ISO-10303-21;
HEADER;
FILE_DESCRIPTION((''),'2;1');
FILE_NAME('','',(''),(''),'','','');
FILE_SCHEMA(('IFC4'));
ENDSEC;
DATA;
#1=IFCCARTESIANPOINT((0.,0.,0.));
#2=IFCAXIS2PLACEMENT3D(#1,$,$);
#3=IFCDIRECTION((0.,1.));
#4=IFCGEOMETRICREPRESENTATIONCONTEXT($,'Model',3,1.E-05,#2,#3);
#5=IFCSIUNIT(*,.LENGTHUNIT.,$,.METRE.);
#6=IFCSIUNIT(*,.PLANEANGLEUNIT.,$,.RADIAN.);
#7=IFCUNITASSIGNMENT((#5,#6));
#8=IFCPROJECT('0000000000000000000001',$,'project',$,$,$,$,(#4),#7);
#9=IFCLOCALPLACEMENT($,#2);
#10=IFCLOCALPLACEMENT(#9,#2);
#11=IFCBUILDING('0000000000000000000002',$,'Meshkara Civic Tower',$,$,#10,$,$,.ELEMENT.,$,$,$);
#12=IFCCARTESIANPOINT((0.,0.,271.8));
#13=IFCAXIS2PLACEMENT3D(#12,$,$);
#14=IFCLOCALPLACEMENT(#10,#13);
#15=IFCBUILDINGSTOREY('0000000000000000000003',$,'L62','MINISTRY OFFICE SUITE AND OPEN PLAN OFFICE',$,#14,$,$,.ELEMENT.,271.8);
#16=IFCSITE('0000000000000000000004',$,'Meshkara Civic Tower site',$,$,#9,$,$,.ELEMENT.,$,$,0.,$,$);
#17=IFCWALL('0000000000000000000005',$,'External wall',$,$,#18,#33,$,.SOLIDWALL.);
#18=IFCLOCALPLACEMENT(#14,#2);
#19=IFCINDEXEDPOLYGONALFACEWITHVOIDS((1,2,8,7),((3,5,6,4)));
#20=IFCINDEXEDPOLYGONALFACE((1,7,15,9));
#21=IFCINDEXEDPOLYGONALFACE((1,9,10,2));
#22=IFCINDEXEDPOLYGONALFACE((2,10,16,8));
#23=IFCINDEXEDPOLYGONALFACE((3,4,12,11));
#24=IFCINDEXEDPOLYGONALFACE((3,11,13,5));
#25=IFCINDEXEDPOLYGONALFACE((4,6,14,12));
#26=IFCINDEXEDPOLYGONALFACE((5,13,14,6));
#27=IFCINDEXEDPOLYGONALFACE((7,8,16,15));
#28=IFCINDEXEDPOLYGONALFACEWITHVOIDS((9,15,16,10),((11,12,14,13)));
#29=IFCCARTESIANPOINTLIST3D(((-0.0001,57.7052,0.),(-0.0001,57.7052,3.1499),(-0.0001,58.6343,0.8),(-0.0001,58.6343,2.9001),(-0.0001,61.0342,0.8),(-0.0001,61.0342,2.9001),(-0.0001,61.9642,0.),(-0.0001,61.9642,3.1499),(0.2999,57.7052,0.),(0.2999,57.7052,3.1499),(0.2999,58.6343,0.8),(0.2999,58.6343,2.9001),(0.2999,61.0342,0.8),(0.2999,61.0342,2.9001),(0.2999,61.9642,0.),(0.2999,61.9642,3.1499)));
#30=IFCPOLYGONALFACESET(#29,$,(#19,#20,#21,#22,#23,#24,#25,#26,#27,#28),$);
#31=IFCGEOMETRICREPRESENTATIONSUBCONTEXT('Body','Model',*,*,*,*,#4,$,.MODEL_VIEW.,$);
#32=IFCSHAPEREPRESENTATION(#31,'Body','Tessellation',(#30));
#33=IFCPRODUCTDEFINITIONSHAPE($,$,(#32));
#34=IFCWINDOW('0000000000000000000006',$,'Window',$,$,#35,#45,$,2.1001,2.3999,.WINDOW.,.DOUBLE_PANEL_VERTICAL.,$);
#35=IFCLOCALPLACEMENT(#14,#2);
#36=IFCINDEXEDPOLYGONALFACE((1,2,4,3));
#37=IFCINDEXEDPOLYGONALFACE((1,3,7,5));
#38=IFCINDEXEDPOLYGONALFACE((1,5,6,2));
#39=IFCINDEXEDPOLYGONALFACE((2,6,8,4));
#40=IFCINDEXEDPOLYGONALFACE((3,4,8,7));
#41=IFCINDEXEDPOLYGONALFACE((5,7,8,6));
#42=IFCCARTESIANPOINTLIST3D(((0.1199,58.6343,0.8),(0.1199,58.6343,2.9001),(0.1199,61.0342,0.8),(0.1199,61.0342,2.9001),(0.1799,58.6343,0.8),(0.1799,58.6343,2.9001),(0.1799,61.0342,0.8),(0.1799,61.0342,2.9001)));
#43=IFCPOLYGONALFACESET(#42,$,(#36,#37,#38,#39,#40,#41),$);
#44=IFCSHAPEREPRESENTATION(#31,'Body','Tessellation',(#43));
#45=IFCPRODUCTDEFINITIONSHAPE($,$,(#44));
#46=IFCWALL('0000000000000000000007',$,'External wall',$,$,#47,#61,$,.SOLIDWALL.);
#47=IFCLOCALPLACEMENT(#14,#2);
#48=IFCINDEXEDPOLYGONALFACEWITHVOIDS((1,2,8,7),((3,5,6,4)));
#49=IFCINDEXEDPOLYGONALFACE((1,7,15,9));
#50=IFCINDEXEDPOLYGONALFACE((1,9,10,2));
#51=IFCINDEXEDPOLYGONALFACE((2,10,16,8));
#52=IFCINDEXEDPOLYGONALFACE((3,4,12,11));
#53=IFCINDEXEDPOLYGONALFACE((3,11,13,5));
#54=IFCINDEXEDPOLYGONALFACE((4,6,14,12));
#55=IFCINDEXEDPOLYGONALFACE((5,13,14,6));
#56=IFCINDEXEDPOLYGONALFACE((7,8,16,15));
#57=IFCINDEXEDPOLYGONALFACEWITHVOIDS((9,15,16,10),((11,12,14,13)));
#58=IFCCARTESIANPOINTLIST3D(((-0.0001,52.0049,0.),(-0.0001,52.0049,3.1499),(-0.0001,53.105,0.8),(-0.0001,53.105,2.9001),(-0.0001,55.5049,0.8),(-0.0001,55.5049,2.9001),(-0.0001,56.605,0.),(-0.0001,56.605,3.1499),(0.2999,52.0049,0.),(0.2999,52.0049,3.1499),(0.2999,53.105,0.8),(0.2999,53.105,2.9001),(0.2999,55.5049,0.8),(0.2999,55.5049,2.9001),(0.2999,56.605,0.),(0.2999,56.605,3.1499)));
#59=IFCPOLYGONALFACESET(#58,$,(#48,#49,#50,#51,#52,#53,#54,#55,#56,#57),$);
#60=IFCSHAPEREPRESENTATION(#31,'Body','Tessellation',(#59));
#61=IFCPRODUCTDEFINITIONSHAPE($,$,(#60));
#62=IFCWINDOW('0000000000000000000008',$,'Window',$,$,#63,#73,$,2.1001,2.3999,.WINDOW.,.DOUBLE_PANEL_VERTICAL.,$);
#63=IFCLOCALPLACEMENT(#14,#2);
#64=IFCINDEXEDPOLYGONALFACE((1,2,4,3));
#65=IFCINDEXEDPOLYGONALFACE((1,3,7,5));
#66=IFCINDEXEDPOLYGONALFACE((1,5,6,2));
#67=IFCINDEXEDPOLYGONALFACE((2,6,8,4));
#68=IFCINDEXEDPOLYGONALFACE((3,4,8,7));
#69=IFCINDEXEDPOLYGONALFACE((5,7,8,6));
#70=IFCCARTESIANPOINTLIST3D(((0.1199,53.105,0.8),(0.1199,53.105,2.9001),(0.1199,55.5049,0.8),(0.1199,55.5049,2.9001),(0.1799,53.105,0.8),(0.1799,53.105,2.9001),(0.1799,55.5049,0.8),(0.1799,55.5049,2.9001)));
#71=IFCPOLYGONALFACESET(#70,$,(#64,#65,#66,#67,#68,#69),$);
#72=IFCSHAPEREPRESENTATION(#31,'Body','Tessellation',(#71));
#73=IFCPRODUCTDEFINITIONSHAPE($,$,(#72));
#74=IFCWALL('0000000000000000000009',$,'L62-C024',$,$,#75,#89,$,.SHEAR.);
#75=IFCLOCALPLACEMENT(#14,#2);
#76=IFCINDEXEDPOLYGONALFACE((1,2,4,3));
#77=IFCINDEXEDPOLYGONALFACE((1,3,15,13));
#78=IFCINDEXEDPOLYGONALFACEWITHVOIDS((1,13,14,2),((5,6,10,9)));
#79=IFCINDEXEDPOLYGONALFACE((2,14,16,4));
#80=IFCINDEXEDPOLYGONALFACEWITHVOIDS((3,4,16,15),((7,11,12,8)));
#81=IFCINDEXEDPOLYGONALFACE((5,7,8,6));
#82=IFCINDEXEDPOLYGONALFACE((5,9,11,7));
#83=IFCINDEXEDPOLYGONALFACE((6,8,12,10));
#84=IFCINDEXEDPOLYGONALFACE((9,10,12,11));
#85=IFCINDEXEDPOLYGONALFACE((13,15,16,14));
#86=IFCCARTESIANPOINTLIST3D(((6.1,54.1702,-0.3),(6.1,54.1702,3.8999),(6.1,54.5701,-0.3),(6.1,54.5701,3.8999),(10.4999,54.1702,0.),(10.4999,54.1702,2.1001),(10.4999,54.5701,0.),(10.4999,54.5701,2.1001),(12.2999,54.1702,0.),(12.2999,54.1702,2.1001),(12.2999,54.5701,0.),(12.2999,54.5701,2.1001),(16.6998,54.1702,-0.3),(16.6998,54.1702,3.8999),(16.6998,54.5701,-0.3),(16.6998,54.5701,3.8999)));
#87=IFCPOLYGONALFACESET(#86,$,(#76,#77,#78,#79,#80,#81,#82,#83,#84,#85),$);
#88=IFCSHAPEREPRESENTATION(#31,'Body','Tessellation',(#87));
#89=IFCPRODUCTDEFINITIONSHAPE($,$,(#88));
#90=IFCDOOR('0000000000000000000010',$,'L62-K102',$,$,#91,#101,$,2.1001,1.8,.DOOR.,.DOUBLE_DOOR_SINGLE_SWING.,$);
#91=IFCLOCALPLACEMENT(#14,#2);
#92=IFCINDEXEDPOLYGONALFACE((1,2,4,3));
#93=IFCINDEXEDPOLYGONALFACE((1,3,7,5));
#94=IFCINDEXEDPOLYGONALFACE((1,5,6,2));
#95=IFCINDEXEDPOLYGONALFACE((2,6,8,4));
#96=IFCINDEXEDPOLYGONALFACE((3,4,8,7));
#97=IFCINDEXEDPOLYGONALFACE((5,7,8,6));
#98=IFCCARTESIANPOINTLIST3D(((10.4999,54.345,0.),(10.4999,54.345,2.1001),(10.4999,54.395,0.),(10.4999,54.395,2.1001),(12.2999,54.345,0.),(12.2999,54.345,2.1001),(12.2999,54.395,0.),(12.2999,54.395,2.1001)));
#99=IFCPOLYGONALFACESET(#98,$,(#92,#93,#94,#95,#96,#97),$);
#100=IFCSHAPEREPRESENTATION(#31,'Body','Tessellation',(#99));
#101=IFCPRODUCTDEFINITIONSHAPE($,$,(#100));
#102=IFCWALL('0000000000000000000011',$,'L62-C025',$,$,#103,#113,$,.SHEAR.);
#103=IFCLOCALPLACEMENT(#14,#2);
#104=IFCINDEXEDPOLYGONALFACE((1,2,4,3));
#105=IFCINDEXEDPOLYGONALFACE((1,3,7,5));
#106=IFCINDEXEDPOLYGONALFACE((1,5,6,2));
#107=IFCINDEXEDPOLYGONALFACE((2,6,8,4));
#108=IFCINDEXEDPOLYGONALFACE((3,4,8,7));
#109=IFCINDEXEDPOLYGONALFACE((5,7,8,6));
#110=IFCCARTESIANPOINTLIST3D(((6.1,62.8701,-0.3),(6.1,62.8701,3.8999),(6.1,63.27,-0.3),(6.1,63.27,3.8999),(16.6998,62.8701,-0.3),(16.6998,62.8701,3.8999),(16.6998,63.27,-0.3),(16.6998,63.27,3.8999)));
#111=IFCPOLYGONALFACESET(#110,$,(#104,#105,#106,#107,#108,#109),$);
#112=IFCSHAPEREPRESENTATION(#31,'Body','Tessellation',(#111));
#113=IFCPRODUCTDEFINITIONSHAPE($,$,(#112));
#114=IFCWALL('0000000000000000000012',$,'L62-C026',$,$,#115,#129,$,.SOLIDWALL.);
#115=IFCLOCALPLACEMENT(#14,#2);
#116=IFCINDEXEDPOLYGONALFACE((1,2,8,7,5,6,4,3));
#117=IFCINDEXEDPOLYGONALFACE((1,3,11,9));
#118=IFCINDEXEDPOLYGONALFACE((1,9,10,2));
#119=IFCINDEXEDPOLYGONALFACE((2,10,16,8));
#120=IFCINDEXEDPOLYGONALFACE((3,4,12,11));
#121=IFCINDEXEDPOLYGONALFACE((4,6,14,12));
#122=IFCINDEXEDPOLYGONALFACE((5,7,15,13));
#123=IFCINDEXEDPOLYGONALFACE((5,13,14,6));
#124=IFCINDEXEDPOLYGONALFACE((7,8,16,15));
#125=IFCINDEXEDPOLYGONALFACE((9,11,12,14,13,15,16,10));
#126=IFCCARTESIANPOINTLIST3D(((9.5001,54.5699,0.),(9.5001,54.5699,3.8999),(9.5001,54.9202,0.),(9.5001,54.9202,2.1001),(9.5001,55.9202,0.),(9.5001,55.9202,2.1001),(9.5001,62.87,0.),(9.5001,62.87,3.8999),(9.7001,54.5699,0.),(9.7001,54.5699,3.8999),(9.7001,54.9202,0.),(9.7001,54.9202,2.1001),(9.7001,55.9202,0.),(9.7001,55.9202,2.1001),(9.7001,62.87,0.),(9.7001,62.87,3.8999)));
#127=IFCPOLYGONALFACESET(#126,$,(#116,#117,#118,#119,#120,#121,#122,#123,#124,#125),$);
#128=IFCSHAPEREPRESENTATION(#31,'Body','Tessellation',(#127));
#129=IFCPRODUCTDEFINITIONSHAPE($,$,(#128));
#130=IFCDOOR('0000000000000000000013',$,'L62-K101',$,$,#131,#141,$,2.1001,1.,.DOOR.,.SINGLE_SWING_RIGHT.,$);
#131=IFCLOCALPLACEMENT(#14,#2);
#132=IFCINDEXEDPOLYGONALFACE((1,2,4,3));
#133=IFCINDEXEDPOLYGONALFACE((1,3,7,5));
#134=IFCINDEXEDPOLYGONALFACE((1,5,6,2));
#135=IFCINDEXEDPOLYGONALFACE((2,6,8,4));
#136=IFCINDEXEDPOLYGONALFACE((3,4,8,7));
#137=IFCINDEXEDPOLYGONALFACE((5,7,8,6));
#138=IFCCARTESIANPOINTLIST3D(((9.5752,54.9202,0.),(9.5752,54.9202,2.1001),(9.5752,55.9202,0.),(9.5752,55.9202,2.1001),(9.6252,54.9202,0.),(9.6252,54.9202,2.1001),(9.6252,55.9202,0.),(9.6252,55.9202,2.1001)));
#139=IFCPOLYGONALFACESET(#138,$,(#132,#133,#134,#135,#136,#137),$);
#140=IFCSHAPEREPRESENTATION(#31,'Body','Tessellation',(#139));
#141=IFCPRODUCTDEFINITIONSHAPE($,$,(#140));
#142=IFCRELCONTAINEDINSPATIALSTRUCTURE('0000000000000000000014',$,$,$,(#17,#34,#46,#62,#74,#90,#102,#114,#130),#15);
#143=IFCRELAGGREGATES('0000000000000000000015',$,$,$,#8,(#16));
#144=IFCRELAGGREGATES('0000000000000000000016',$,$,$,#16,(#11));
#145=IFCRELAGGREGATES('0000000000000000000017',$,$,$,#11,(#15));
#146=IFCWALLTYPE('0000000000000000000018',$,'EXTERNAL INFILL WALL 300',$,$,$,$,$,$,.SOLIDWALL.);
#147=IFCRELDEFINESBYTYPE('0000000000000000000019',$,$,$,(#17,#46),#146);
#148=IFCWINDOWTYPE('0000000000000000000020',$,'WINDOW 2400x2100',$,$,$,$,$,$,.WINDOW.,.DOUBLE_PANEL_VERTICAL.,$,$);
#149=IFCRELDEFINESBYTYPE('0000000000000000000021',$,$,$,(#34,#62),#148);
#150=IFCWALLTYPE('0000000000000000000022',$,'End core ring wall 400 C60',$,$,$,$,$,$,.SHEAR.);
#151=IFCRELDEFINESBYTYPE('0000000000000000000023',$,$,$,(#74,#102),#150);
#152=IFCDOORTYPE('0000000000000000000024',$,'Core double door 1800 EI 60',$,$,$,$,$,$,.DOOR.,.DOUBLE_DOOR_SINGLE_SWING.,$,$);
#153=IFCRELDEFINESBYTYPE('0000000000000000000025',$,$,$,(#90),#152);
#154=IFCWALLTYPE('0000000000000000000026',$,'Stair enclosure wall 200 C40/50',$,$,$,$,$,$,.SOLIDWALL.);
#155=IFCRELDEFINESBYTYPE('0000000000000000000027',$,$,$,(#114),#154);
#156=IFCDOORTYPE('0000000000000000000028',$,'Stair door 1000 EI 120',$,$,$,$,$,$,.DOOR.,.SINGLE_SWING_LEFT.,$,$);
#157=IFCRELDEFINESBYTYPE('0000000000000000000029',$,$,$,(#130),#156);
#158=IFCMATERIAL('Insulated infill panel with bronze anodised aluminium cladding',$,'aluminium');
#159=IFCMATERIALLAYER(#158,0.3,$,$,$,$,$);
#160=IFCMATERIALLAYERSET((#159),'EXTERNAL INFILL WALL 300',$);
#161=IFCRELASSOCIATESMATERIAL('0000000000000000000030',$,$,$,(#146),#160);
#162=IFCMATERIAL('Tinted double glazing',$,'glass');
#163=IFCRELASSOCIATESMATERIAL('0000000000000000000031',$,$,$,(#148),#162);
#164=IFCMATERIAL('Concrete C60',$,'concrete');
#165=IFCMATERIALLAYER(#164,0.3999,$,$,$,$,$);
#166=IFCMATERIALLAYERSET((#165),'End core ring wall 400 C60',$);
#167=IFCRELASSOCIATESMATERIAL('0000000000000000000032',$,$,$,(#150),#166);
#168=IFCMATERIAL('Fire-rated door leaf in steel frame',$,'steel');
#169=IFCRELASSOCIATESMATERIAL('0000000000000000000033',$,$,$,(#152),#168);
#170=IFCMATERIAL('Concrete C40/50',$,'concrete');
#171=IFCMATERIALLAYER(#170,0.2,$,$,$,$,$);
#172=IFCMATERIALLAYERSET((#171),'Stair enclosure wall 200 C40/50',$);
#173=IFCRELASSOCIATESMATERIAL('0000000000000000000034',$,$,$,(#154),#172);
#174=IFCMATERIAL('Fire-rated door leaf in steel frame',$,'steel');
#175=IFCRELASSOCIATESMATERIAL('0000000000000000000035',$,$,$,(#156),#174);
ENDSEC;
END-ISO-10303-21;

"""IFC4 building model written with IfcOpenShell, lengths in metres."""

from ifc_helpers import new_model, si_unit, direction, frame, frame_2d, origin, place, context, subcontext, project, spatial, rectangle, extrude, material, layer, layer_set, type_object, element, fill, save


model = new_model("IFC4")

# Units and contexts
model_context = context("Model", 3, precision=1e-05, world=origin(), true_north=direction((0.0, 1.0)))
body_context = subcontext(model_context, "Body", "Model", "MODEL_VIEW")
ifc_project = project(units=[si_unit("LENGTHUNIT", "METRE"), si_unit("PLANEANGLEUNIT", "RADIAN")], contexts=[model_context])

# Site, building, storey
site_placement = place(None, origin())
site = spatial("IfcSite", under=ifc_project, at=site_placement, Name="Meshkara Civic Tower site", CompositionType="ELEMENT", RefElevation=0.0)
building_placement = place(site_placement, origin())
building = spatial("IfcBuilding", under=site, at=building_placement, Name="Meshkara Civic Tower", CompositionType="ELEMENT")
storey_placement = place(building_placement, frame((0.0, 0.0, 271.8)))
storey = spatial("IfcBuildingStorey", under=building, at=storey_placement, Name="L62", Description="MINISTRY OFFICE SUITE AND OPEN PLAN OFFICE", CompositionType="ELEMENT", Elevation=271.8)

# Walls, openings, windows
ifc_material_1 = material(Name="Insulated infill panel with bronze anodised aluminium cladding", Category="aluminium")
ifc_layer_1 = layer(ifc_material_1, 0.3)
ifc_layer_set_1 = layer_set([ifc_layer_1], Name="EXTERNAL INFILL WALL 300")
wall_type_1 = type_object("IfcWallType", Name="EXTERNAL INFILL WALL 300", PredefinedType="SOLIDWALL", material=ifc_layer_set_1)
ifc_material_2 = material(Name="Tinted double glazing", Category="glass")
window_type_1 = type_object("IfcWindowType", Name="WINDOW 2400x2100", PartitioningType="DOUBLE_PANEL_VERTICAL", PredefinedType="WINDOW", material=ifc_material_2)
wall_1_placement = place(storey_placement, frame((0.1499, 61.9641, 0.0), z_axis=(0.0, 0.0, 1.0), x_axis=(0.0, -1.0, 0.0)))
wall_1 = element("IfcWall", 1, at=wall_1_placement, inside=storey, type_object=wall_type_1, Name="External wall", PredefinedType="SOLIDWALL", context=body_context, shape_type="SweptSolid", body=[
    extrude(rectangle(XDim=4.259, YDim=0.3, at=frame_2d((2.1294, 0.0))), origin(), (0.0, 0.0, 1.0), 3.1499),
])
opening_1_placement = place(wall_1_placement, frame((0.9299, 0.0, 0.8)))
opening_1 = element("IfcOpeningElement", 2, at=opening_1_placement, cuts=wall_1, PredefinedType="OPENING", context=body_context, shape_type="SweptSolid", body=[
    extrude(rectangle(XDim=2.3999, YDim=2.1001, at=frame_2d((1.2, 1.05))), frame((0.0, 0.1599, 0.0), z_axis=(0.0, -1.0, 0.0), x_axis=(1.0, 0.0, 0.0)), (0.0, 0.0, 1.0), 0.3201),
])
window_1_placement = place(opening_1_placement, origin())
window_1 = element("IfcWindow", 3, at=window_1_placement, inside=storey, type_object=window_type_1, Name="Window", OverallHeight=2.1001, OverallWidth=2.3999, PartitioningType="DOUBLE_PANEL_VERTICAL", PredefinedType="WINDOW", context=body_context, shape_type="SweptSolid", body=[
    extrude(rectangle(XDim=2.3999, YDim=2.1001, at=frame_2d((1.2, 1.05))), frame((0.0, 0.03, 0.0), z_axis=(0.0, -1.0, 0.0), x_axis=(1.0, 0.0, 0.0)), (0.0, 0.0, 1.0), 0.0601),
])
fill(opening_1, window_1)
wall_2_placement = place(storey_placement, frame((0.1499, 56.605, 0.0), z_axis=(0.0, 0.0, 1.0), x_axis=(0.0, -1.0, 0.0)))
wall_2 = element("IfcWall", 4, at=wall_2_placement, inside=storey, type_object=wall_type_1, Name="External wall", PredefinedType="SOLIDWALL", context=body_context, shape_type="SweptSolid", body=[
    extrude(rectangle(XDim=4.6001, YDim=0.3, at=frame_2d((2.3, 0.0))), origin(), (0.0, 0.0, 1.0), 3.1499),
])
opening_2_placement = place(wall_2_placement, frame((1.1001, 0.0, 0.8)))
opening_2 = element("IfcOpeningElement", 5, at=opening_2_placement, cuts=wall_2, PredefinedType="OPENING", context=body_context, shape_type="SweptSolid", body=[
    extrude(rectangle(XDim=2.3999, YDim=2.1001, at=frame_2d((1.2, 1.05))), frame((0.0, 0.1599, 0.0), z_axis=(0.0, -1.0, 0.0), x_axis=(1.0, 0.0, 0.0)), (0.0, 0.0, 1.0), 0.3201),
])
window_2_placement = place(opening_2_placement, origin())
window_2 = element("IfcWindow", 6, at=window_2_placement, inside=storey, type_object=window_type_1, Name="Window", OverallHeight=2.1001, OverallWidth=2.3999, PartitioningType="DOUBLE_PANEL_VERTICAL", PredefinedType="WINDOW", context=body_context, shape_type="SweptSolid", body=[
    extrude(rectangle(XDim=2.3999, YDim=2.1001, at=frame_2d((1.2, 1.05))), frame((0.0, 0.03, 0.0), z_axis=(0.0, -1.0, 0.0), x_axis=(1.0, 0.0, 0.0)), (0.0, 0.0, 1.0), 0.0601),
])
fill(opening_2, window_2)

# Wall, opening, door
ifc_material_3 = material(Name="Concrete C60", Category="concrete")
ifc_layer_2 = layer(ifc_material_3, 0.3999)
ifc_layer_set_2 = layer_set([ifc_layer_2], Name="End core ring wall 400 C60")
wall_type_2 = type_object("IfcWallType", Name="End core ring wall 400 C60", PredefinedType="SHEAR", material=ifc_layer_set_2)
wall_3_placement = place(storey_placement, frame((6.1001, 54.3701, -0.3), z_axis=(0.0, 0.0, 1.0), x_axis=(1.0, 0.0, 0.0)))
wall_3 = element("IfcWall", 7, at=wall_3_placement, inside=storey, type_object=wall_type_2, Name="L62-C024", PredefinedType="SHEAR", context=body_context, shape_type="SweptSolid", body=[
    extrude(rectangle(XDim=10.5999, YDim=0.3999, at=frame_2d((5.2998, 0.0))), origin(), (0.0, 0.0, 1.0), 4.2),
])
opening_3_placement = place(wall_3_placement, frame((4.3999, 0.0, 0.3)))
opening_3 = element("IfcOpeningElement", 8, at=opening_3_placement, cuts=wall_3, PredefinedType="OPENING", context=body_context, shape_type="SweptSolid", body=[
    extrude(rectangle(XDim=1.8, YDim=2.1001, at=frame_2d((0.8999, 1.05))), frame((0.0, 0.21, 0.0), z_axis=(0.0, -1.0, 0.0), x_axis=(1.0, 0.0, 0.0)), (0.0, 0.0, 1.0), 0.4199),
])
ifc_material_4 = material(Name="Fire-rated door leaf in steel frame", Category="steel")
door_type_1 = type_object("IfcDoorType", Name="Core double door 1800 EI 60", OperationType="DOUBLE_DOOR_SINGLE_SWING", PredefinedType="DOOR", material=ifc_material_4)
door_1_placement = place(opening_3_placement, origin())
door_1 = element("IfcDoor", 9, at=door_1_placement, inside=storey, type_object=door_type_1, Name="L62-K102", OperationType="DOUBLE_DOOR_SINGLE_SWING", OverallHeight=2.1001, OverallWidth=1.8, PredefinedType="DOOR", context=body_context, shape_type="SweptSolid", body=[
    extrude(rectangle(XDim=1.8, YDim=2.1001, at=frame_2d((0.8999, 1.05))), frame((0.0, 0.0249, 0.0), z_axis=(0.0, -1.0, 0.0), x_axis=(1.0, 0.0, 0.0)), (0.0, 0.0, 1.0), 0.05),
])
fill(opening_3, door_1)

# Wall
wall_4_placement = place(storey_placement, frame((6.1001, 63.0701, -0.3), z_axis=(0.0, 0.0, 1.0), x_axis=(1.0, 0.0, 0.0)))
element("IfcWall", 10, at=wall_4_placement, inside=storey, type_object=wall_type_2, Name="L62-C025", PredefinedType="SHEAR", context=body_context, shape_type="SweptSolid", body=[
    extrude(rectangle(XDim=10.5999, YDim=0.3999, at=frame_2d((5.2998, 0.0))), origin(), (0.0, 0.0, 1.0), 4.2),
])

# Wall, opening, door
ifc_material_5 = material(Name="Concrete C40/50", Category="concrete")
ifc_layer_3 = layer(ifc_material_5, 0.2)
ifc_layer_set_3 = layer_set([ifc_layer_3], Name="Stair enclosure wall 200 C40/50")
wall_type_3 = type_object("IfcWallType", Name="Stair enclosure wall 200 C40/50", PredefinedType="SOLIDWALL", material=ifc_layer_set_3)
wall_5_placement = place(storey_placement, frame((9.6001, 54.5701, 0.0), z_axis=(0.0, 0.0, 1.0), x_axis=(0.0, 1.0, 0.0)))
wall_5 = element("IfcWall", 11, at=wall_5_placement, inside=storey, type_object=wall_type_3, Name="L62-C026", PredefinedType="SOLIDWALL", context=body_context, shape_type="SweptSolid", body=[
    extrude(rectangle(XDim=8.3, YDim=0.2, at=frame_2d((4.1499, 0.0))), origin(), (0.0, 0.0, 1.0), 3.8999),
])
opening_4_placement = place(wall_5_placement, frame((0.3501, 0.0, 0.0)))
opening_4 = element("IfcOpeningElement", 12, at=opening_4_placement, cuts=wall_5, PredefinedType="OPENING", context=body_context, shape_type="SweptSolid", body=[
    extrude(rectangle(XDim=1.0, YDim=2.1001, at=frame_2d((0.5, 1.05))), frame((0.0, 0.1099, 0.0), z_axis=(0.0, -1.0, 0.0), x_axis=(1.0, 0.0, 0.0)), (0.0, 0.0, 1.0), 0.22),
])
ifc_material_6 = material(Name="Fire-rated door leaf in steel frame", Category="steel")
door_type_2 = type_object("IfcDoorType", Name="Stair door 1000 EI 120", OperationType="SINGLE_SWING_LEFT", PredefinedType="DOOR", material=ifc_material_6)
door_2_placement = place(opening_4_placement, origin())
door_2 = element("IfcDoor", 13, at=door_2_placement, inside=storey, type_object=door_type_2, Name="L62-K101", OperationType="SINGLE_SWING_RIGHT", OverallHeight=2.1001, OverallWidth=1.0, PredefinedType="DOOR", context=body_context, shape_type="SweptSolid", body=[
    extrude(rectangle(XDim=1.0, YDim=2.1001, at=frame_2d((0.5, 1.05))), frame((0.0, 0.0249, 0.0), z_axis=(0.0, -1.0, 0.0), x_axis=(1.0, 0.0, 0.0)), (0.0, 0.0, 1.0), 0.05),
])
fill(opening_4, door_2)

save(model, "model.ifc")
